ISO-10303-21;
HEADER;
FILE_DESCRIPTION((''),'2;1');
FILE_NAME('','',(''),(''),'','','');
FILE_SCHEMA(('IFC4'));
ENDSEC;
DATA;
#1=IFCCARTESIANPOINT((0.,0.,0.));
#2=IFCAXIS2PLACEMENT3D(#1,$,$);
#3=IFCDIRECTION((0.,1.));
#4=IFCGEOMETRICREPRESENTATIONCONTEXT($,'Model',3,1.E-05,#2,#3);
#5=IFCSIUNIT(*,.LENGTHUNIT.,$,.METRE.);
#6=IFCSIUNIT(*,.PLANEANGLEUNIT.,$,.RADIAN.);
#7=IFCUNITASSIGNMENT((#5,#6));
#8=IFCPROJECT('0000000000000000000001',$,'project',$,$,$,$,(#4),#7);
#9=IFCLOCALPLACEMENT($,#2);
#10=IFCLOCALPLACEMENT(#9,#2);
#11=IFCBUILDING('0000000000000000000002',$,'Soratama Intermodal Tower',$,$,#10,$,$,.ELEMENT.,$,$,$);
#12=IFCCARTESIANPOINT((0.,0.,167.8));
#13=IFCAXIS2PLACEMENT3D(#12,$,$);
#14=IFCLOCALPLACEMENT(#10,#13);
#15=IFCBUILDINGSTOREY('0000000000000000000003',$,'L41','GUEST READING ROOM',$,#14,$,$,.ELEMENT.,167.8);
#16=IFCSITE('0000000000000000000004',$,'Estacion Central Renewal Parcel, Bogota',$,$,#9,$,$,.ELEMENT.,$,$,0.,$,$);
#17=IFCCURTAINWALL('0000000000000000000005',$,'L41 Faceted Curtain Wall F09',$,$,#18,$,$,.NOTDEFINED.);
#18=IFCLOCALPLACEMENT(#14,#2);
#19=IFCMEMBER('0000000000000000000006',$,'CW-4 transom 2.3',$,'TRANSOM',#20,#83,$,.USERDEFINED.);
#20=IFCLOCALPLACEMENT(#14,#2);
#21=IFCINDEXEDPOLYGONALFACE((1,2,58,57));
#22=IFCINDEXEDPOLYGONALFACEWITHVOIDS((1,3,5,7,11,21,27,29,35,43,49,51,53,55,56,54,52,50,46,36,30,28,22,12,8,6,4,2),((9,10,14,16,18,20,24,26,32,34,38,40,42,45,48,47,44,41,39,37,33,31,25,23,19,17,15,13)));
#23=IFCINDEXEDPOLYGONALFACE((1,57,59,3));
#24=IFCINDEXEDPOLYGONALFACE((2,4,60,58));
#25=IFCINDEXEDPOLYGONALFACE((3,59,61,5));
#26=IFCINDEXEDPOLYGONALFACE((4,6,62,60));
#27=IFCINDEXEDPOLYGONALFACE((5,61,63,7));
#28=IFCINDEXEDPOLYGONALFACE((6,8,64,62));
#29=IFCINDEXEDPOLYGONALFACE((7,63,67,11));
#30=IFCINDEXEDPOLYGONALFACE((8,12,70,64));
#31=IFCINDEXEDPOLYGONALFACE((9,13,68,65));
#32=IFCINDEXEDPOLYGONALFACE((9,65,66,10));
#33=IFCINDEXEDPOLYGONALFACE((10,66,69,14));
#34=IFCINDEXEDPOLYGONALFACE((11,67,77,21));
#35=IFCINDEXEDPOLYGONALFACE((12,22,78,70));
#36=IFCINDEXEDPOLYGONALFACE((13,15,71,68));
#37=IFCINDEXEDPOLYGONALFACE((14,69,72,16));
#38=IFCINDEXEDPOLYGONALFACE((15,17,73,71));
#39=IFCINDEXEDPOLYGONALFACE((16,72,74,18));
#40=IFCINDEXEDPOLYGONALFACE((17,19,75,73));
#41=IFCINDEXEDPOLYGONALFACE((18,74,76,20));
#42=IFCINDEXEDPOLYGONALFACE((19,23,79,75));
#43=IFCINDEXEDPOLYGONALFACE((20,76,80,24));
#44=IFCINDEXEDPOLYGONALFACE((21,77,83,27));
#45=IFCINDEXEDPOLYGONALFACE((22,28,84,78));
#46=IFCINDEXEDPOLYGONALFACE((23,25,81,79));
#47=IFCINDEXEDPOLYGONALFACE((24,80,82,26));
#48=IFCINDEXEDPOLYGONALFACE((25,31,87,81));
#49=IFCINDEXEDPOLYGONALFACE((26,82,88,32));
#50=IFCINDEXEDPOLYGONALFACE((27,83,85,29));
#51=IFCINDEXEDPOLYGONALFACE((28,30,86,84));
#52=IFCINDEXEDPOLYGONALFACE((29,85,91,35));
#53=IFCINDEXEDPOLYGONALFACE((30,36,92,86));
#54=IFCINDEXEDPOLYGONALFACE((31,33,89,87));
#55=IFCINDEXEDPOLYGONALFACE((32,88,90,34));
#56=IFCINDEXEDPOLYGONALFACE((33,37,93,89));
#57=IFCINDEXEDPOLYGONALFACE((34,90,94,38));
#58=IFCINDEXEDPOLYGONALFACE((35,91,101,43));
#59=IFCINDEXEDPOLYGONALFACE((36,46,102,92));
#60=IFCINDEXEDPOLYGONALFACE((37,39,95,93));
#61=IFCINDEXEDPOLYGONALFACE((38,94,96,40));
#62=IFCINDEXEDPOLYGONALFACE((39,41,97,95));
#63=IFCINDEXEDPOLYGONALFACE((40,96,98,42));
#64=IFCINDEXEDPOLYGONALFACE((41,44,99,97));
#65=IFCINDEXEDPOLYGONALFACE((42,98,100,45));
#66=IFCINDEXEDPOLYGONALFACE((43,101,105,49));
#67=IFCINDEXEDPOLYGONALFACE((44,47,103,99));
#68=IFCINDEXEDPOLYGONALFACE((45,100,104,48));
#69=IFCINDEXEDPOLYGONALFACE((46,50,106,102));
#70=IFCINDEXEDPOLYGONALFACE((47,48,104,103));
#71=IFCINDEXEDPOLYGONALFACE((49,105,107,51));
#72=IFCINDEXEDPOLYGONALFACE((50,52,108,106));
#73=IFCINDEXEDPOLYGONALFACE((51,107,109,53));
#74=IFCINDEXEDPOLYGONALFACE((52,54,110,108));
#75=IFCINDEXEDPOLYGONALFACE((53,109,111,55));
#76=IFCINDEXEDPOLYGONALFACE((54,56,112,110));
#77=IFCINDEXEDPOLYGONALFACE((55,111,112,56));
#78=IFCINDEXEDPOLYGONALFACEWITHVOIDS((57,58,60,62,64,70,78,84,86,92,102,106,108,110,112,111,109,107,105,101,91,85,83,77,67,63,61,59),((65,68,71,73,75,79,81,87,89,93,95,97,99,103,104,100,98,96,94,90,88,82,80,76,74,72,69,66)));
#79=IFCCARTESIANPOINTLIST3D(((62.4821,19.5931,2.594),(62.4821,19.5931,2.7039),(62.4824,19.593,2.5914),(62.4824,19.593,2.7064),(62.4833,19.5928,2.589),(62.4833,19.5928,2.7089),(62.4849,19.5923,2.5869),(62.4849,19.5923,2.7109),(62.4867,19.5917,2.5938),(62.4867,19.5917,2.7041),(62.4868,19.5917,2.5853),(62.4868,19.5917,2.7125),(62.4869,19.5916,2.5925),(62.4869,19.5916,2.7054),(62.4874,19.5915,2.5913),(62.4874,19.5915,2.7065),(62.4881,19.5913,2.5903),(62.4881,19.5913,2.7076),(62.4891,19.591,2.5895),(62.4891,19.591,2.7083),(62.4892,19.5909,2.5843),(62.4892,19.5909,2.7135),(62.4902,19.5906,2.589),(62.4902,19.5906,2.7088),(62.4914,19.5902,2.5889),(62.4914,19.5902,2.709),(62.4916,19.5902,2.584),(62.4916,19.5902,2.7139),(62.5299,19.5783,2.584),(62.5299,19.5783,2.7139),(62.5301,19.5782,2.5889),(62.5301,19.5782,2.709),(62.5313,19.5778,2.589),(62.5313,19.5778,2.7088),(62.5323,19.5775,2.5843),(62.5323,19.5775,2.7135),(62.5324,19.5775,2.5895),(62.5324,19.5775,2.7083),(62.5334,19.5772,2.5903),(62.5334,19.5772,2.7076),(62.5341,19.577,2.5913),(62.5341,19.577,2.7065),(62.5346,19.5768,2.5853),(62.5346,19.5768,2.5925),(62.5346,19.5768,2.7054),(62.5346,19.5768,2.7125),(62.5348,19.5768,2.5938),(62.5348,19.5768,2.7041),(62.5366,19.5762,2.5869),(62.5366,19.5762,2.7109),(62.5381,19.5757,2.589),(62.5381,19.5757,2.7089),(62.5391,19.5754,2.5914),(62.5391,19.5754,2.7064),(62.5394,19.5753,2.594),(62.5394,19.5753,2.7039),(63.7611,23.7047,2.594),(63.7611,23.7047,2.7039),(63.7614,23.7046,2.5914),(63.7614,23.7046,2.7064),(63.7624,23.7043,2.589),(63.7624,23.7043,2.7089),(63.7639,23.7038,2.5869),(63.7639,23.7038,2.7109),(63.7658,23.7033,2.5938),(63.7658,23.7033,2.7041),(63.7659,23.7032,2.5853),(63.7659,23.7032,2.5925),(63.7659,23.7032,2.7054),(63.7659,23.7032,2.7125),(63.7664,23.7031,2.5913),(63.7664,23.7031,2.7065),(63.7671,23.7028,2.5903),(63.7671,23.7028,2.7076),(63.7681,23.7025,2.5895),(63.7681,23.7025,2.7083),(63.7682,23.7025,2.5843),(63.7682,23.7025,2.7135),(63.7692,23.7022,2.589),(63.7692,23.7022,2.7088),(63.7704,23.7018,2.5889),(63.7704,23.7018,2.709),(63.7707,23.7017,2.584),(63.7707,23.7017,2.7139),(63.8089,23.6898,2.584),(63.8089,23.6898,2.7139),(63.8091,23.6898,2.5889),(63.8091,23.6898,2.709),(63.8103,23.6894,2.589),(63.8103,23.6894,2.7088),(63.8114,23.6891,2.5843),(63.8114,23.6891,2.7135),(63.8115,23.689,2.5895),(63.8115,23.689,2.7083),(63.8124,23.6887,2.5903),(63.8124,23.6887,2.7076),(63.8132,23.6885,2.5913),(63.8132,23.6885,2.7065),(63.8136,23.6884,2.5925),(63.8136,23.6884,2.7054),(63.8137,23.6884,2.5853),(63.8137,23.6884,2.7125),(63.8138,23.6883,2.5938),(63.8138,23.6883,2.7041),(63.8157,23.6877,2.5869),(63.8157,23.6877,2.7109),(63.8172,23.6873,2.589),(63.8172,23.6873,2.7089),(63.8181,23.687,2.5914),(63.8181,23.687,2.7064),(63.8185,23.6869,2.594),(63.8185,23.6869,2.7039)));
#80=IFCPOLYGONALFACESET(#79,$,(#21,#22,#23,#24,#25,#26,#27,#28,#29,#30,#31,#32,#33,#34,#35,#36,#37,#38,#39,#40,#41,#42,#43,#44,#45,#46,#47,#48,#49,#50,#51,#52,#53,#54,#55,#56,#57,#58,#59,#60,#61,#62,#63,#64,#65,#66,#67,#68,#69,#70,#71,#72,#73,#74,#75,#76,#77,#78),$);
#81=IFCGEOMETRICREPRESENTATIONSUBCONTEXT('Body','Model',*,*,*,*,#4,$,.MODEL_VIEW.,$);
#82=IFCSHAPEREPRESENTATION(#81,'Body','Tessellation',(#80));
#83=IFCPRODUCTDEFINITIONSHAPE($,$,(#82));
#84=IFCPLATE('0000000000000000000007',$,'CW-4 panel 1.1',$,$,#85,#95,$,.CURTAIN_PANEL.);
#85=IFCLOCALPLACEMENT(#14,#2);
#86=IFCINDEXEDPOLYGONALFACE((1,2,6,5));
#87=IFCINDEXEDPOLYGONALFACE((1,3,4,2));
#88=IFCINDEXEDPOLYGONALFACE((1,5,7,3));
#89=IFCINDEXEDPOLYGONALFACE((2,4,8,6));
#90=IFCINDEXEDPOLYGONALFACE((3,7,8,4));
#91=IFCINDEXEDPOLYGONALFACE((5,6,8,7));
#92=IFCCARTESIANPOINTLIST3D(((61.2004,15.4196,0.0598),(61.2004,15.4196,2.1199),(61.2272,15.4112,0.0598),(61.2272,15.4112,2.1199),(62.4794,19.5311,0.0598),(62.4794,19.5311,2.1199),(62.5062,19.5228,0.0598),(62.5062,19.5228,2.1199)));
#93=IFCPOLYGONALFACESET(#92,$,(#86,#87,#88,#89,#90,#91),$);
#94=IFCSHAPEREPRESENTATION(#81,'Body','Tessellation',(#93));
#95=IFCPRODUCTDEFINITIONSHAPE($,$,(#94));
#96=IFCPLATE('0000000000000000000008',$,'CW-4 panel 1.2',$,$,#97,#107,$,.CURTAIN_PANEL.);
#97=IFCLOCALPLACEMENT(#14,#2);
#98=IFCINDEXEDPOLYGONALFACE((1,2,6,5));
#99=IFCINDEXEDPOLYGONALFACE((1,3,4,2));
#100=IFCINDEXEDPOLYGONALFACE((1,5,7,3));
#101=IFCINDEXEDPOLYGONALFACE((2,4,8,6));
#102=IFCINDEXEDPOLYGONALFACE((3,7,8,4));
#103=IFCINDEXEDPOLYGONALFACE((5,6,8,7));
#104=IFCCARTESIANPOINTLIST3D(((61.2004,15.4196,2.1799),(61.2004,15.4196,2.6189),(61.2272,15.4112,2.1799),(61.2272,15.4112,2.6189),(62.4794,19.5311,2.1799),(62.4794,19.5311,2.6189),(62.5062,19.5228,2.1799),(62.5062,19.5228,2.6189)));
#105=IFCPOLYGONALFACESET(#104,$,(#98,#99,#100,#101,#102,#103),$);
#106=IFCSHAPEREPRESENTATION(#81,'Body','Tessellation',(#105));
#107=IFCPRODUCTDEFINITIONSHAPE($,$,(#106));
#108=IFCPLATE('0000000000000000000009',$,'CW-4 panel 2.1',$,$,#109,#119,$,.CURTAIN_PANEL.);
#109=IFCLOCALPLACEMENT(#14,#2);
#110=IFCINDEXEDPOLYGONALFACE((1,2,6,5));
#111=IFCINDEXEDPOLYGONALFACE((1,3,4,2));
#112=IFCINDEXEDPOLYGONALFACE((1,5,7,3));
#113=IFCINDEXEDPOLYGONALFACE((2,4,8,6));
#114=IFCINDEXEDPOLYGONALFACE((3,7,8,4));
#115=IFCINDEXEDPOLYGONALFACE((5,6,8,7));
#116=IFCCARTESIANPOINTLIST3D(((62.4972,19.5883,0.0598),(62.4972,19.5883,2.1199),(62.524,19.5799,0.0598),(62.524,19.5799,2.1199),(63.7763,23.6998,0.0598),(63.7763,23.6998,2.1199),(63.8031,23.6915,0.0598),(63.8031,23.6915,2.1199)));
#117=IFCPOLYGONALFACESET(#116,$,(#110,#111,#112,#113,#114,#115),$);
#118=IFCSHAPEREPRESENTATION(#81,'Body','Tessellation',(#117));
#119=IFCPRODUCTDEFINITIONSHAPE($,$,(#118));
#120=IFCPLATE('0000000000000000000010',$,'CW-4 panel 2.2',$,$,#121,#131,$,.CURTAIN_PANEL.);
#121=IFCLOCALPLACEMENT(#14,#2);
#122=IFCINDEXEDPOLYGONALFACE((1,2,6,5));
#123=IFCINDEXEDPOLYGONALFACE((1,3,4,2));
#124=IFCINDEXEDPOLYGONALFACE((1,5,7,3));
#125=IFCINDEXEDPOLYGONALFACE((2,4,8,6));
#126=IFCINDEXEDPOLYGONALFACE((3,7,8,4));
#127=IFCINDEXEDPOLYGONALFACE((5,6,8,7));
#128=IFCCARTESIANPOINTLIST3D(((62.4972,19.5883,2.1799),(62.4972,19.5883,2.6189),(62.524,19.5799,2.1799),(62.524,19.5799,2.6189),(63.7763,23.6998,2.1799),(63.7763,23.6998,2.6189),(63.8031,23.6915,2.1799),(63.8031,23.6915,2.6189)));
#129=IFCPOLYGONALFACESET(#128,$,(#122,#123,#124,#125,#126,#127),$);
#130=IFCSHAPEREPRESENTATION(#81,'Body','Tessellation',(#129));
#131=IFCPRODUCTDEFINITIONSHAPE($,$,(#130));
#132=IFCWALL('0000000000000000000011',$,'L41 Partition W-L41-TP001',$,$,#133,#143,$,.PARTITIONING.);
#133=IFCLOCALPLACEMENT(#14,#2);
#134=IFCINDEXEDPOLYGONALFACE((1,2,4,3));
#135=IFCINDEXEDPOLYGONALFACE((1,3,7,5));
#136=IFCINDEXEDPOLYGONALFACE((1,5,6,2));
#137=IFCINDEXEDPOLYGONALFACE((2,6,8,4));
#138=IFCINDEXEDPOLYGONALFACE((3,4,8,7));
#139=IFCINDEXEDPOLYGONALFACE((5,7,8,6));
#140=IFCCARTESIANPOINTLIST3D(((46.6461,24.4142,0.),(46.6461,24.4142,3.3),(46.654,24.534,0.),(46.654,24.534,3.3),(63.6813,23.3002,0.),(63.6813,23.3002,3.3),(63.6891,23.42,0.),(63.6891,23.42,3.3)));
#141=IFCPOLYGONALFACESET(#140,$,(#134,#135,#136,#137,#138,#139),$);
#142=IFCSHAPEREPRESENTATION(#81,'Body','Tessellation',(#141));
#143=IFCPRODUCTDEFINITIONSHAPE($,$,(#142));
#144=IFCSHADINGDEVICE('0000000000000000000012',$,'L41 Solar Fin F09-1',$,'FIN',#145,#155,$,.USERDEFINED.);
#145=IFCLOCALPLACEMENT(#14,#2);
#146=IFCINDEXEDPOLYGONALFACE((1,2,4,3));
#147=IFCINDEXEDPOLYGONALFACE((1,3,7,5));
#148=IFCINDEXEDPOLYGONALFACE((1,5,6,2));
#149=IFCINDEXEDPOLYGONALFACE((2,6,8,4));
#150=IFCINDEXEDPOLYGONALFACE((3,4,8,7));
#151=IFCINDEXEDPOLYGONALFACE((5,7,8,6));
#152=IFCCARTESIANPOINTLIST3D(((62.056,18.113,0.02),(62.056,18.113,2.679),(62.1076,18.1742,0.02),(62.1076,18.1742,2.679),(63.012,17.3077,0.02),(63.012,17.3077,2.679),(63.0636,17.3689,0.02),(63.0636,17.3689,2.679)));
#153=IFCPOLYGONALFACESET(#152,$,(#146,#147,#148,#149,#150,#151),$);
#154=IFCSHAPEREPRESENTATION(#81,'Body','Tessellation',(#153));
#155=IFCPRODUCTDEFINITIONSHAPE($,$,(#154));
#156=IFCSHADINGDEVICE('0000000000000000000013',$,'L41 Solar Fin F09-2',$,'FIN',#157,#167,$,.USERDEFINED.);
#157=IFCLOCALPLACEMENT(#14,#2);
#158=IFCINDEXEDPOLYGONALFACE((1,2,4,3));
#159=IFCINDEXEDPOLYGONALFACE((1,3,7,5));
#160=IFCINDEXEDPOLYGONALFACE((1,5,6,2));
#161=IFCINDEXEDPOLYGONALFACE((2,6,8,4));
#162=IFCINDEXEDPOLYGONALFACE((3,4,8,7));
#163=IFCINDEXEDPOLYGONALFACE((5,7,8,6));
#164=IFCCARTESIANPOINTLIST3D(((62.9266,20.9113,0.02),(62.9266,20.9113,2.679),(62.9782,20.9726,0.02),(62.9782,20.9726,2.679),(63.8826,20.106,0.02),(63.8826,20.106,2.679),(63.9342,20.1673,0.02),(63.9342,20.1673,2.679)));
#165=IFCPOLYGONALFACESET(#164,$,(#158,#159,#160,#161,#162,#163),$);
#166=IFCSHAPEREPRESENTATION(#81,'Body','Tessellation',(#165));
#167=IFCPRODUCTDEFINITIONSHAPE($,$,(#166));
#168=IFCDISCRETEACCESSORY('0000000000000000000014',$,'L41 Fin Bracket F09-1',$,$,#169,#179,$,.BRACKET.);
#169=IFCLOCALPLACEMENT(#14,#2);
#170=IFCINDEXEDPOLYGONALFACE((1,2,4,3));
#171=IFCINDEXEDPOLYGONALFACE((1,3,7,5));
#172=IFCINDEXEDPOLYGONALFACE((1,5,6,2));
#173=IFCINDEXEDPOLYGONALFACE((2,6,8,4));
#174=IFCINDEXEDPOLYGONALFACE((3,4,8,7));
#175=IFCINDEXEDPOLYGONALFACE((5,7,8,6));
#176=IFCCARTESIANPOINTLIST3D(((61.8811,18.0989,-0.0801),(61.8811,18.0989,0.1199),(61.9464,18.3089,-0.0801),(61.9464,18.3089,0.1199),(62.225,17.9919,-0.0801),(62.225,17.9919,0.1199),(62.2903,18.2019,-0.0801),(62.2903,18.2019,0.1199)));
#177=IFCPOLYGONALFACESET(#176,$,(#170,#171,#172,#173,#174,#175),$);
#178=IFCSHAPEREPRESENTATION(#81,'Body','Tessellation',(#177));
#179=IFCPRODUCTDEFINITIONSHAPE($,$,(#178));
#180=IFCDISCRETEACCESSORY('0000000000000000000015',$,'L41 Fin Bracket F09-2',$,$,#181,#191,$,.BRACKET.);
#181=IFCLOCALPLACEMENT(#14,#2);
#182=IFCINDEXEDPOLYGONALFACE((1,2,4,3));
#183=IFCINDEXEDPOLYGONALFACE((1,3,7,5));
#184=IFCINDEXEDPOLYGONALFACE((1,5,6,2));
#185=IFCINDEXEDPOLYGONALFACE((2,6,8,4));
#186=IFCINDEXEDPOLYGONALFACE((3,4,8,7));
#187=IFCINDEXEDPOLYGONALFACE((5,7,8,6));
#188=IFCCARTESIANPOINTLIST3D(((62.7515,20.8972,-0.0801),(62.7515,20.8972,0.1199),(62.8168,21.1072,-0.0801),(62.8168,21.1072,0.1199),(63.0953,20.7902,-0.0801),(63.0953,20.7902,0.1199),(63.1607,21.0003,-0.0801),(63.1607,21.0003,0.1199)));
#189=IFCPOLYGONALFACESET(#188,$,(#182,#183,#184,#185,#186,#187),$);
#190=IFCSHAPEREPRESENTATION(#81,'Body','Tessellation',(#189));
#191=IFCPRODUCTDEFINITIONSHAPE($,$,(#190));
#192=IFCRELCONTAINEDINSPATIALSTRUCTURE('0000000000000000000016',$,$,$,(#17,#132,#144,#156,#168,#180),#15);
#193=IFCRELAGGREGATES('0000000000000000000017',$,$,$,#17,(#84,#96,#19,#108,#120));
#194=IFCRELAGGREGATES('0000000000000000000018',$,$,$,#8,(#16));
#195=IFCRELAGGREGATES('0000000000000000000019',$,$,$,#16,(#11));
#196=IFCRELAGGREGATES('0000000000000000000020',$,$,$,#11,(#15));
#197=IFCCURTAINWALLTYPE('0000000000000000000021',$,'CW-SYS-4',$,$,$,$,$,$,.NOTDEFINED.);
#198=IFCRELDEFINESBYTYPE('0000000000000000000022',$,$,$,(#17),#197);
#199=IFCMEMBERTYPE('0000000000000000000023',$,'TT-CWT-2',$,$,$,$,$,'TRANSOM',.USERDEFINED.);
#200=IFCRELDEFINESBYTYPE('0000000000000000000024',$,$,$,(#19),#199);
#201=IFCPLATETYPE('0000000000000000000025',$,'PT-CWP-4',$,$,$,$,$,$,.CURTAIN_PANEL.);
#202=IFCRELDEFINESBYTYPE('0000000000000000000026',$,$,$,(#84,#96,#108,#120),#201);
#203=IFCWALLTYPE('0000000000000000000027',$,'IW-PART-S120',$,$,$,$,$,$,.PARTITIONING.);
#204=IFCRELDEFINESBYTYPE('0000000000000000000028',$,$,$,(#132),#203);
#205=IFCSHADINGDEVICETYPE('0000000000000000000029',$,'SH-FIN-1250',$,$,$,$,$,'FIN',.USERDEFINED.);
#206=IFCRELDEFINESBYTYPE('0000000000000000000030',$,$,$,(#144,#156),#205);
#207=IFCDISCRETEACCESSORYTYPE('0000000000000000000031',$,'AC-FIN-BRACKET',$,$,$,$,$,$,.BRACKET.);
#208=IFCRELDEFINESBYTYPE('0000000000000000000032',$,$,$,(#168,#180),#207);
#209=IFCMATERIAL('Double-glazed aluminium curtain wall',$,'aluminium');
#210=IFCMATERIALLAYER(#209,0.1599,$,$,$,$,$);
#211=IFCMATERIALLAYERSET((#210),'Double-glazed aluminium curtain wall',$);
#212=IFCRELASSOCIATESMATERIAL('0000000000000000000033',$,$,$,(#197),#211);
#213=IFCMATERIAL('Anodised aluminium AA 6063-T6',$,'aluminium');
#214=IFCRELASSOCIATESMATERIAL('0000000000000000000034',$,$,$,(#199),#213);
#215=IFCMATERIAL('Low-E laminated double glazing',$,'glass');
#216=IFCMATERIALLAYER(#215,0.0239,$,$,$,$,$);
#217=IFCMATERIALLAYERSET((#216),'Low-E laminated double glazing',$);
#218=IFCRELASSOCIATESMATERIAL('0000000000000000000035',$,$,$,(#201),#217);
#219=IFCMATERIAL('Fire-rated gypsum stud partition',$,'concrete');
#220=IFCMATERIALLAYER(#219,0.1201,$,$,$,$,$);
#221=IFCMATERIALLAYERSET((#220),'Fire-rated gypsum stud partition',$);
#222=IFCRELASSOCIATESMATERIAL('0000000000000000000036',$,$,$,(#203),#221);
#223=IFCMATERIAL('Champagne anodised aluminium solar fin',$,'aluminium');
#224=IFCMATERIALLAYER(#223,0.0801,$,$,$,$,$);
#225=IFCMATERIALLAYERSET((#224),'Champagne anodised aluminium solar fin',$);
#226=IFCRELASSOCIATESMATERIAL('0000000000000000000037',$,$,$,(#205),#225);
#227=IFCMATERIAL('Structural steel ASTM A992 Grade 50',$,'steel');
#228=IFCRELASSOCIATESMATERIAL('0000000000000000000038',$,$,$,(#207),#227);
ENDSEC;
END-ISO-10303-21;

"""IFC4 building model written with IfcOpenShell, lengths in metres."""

from ifc_helpers import new_model, si_unit, direction, frame, frame_2d, origin, origin_2d, place, context, subcontext, project, spatial, rectangle, hollow_rectangle, extrude, material, layer, layer_set, material_profile, profile_set, type_object, element, aggregate, save


model = new_model("IFC4")

# Units and contexts
model_context = context("Model", 3, precision=1e-05, world=origin(), true_north=direction((0.0, 1.0)))
body_context = subcontext(model_context, "Body", "Model", "MODEL_VIEW")
ifc_project = project(units=[si_unit("LENGTHUNIT", "METRE"), si_unit("PLANEANGLEUNIT", "RADIAN")], contexts=[model_context])

# Site, building, storey
site_placement = place(None, origin())
site = spatial("IfcSite", under=ifc_project, at=site_placement, Name="Estacion Central Renewal Parcel, Bogota", CompositionType="ELEMENT", RefElevation=0.0)
building_placement = place(site_placement, origin())
building = spatial("IfcBuilding", under=site, at=building_placement, Name="Soratama Intermodal Tower", CompositionType="ELEMENT")
storey_placement = place(building_placement, frame((0.0, 0.0, 167.8)))
storey = spatial("IfcBuildingStorey", under=building, at=storey_placement, Name="L41", Description="GUEST READING ROOM", CompositionType="ELEMENT", Elevation=167.8)

# Curtain wall, member, plates
ifc_material_1 = material(Name="Double-glazed aluminium curtain wall", Category="aluminium")
ifc_layer_1 = layer(ifc_material_1, 0.1599)
ifc_layer_set_1 = layer_set([ifc_layer_1], Name="Double-glazed aluminium curtain wall")
curtain_wall_type = type_object("IfcCurtainWallType", Name="CW-SYS-4", PredefinedType="NOTDEFINED", material=ifc_layer_set_1)
curtain_wall_placement = place(storey_placement, origin())
curtain_wall = element("IfcCurtainWall", 1, at=curtain_wall_placement, inside=storey, type_object=curtain_wall_type, Name="L41 Faceted Curtain Wall F09", PredefinedType="NOTDEFINED")
ifc_material_2 = material(Name="Anodised aluminium AA 6063-T6", Category="aluminium")
ifc_material_profile_1 = material_profile(ifc_material_2, hollow_rectangle(XDim=0.0601, YDim=0.1299, WallThickness=0.0049, InnerFilletRadius=0.0049, OuterFilletRadius=0.01, at=origin_2d()), Name="CWT130X60X5")
ifc_profile_set_1 = profile_set([ifc_material_profile_1], Name="Anodised aluminium AA 6063-T6")
member_type_1 = type_object("IfcMemberType", Name="TT-CWT-2", ElementType="TRANSOM", PredefinedType="USERDEFINED", material=ifc_profile_set_1)
member_1_placement = place(storey_placement, frame((62.5107, 19.5842, 2.6489), z_axis=(0.297045, 0.954864, 0.0), x_axis=(-0.954864, 0.297045, 0.0)))
member_1 = element("IfcMember", 2, at=member_1_placement, type_object=member_type_1, Name="CW-4 transom 2.3", ObjectType="TRANSOM", PredefinedType="USERDEFINED", context=body_context, shape_type="SweptSolid", body=[
    extrude(hollow_rectangle(XDim=0.0601, YDim=0.1299, WallThickness=0.0049, InnerFilletRadius=0.0049, OuterFilletRadius=0.01, at=origin_2d()), origin(), (0.0, 0.0, 1.0), 4.3059),
])
ifc_material_3 = material(Name="Low-E laminated double glazing", Category="glass")
ifc_layer_2 = layer(ifc_material_3, 0.0239)
ifc_layer_set_2 = layer_set([ifc_layer_2], Name="Low-E laminated double glazing")
plate_type = type_object("IfcPlateType", Name="PT-CWP-4", PredefinedType="CURTAIN_PANEL", material=ifc_layer_set_2)
plate_1_placement = place(storey_placement, frame((61.8533, 17.4712, 0.0598), z_axis=(0.0, 0.0, 1.0), x_axis=(0.297041, 0.954865, 0.0)))
plate_1 = element("IfcPlate", 3, at=plate_1_placement, type_object=plate_type, Name="CW-4 panel 1.1", PredefinedType="CURTAIN_PANEL", context=body_context, shape_type="SweptSolid", body=[
    extrude(rectangle(XDim=4.3059, YDim=0.0281, at=origin_2d()), origin(), (0.0, 0.0, 1.0), 2.0601),
])
plate_2_placement = place(storey_placement, frame((61.8533, 17.4712, 2.1799), z_axis=(0.0, 0.0, 1.0), x_axis=(0.297041, 0.954865, 0.0)))
plate_2 = element("IfcPlate", 4, at=plate_2_placement, type_object=plate_type, Name="CW-4 panel 1.2", PredefinedType="CURTAIN_PANEL", context=body_context, shape_type="SweptSolid", body=[
    extrude(rectangle(XDim=4.3059, YDim=0.0281, at=origin_2d()), origin(), (0.0, 0.0, 1.0), 0.439),
])
plate_3_placement = place(storey_placement, frame((63.1501, 21.6399, 0.0598), z_axis=(0.0, 0.0, 1.0), x_axis=(0.297041, 0.954865, 0.0)))
plate_3 = element("IfcPlate", 5, at=plate_3_placement, type_object=plate_type, Name="CW-4 panel 2.1", PredefinedType="CURTAIN_PANEL", context=body_context, shape_type="SweptSolid", body=[
    extrude(rectangle(XDim=4.3059, YDim=0.0281, at=origin_2d()), origin(), (0.0, 0.0, 1.0), 2.0601),
])
plate_4_placement = place(storey_placement, frame((63.1501, 21.6399, 2.1799), z_axis=(0.0, 0.0, 1.0), x_axis=(0.297041, 0.954865, 0.0)))
plate_4 = element("IfcPlate", 6, at=plate_4_placement, type_object=plate_type, Name="CW-4 panel 2.2", PredefinedType="CURTAIN_PANEL", context=body_context, shape_type="SweptSolid", body=[
    extrude(rectangle(XDim=4.3059, YDim=0.0281, at=origin_2d()), origin(), (0.0, 0.0, 1.0), 0.439),
])
aggregate(curtain_wall, [plate_1, plate_2, member_1, plate_3, plate_4])

# Wall
ifc_material_4 = material(Name="Fire-rated gypsum stud partition", Category="concrete")
ifc_layer_3 = layer(ifc_material_4, 0.1201)
ifc_layer_set_3 = layer_set([ifc_layer_3], Name="Fire-rated gypsum stud partition")
wall_type = type_object("IfcWallType", Name="IW-PART-S120", PredefinedType="PARTITIONING", material=ifc_layer_set_3)
wall_placement = place(storey_placement, frame((63.6851, 23.3601, 0.0), z_axis=(0.0, 0.0, 1.0), x_axis=(-0.997869, 0.065256, 0.0)))
element("IfcWall", 7, at=wall_placement, inside=storey, type_object=wall_type, Name="L41 Partition W-L41-TP001", PredefinedType="PARTITIONING", context=body_context, shape_type="SweptSolid", body=[
    extrude(rectangle(XDim=17.0715, YDim=0.1201, at=frame_2d((8.5356, 0.0))), origin(), (0.0, 0.0, 1.0), 3.3),
])

# Shading devices
ifc_material_5 = material(Name="Champagne anodised aluminium solar fin", Category="aluminium")
ifc_layer_4 = layer(ifc_material_5, 0.0801)
ifc_layer_set_4 = layer_set([ifc_layer_4], Name="Champagne anodised aluminium solar fin")
shading_device_type = type_object("IfcShadingDeviceType", Name="SH-FIN-1250", ElementType="FIN", PredefinedType="USERDEFINED", material=ifc_layer_set_4)
for number, where, z_axis, x_axis, name in (
    (8, (62.5598, 17.741, 0.02), (0.0, 0.0, 1.0), (0.764809, -0.644257, 0.0), "L41 Solar Fin F09-1"),
    (9, (63.4304, 20.5393, 0.02), (0.0, 0.0, 1.0), (0.764809, -0.644257, 0.0), "L41 Solar Fin F09-2"),
):
    element("IfcShadingDevice", number, at=place(storey_placement, frame(where, z_axis=z_axis, x_axis=x_axis)), inside=storey, type_object=shading_device_type, Name=name, ObjectType="FIN", PredefinedType="USERDEFINED", context=body_context, shape_type="SweptSolid", body=[
        extrude(rectangle(XDim=1.25, YDim=0.0801, at=origin_2d()), origin(), (0.0, 0.0, 1.0), 2.6589),
    ])

# Discrete accessories
ifc_material_6 = material(Name="Structural steel ASTM A992 Grade 50", Category="steel")
discrete_accessory_type = type_object("IfcDiscreteAccessoryType", Name="AC-FIN-BRACKET", PredefinedType="BRACKET", material=ifc_material_6)
for number, where, z_axis, x_axis, name in (
    (10, (62.0857, 18.1504, -0.0801), (0.0, 0.0, 1.0), (0.954865, -0.297042, 0.0), "L41 Fin Bracket F09-1"),
    (11, (62.9561, 20.9487, -0.0801), (0.0, 0.0, 1.0), (0.954865, -0.297042, 0.0), "L41 Fin Bracket F09-2"),
):
    element("IfcDiscreteAccessory", number, at=place(storey_placement, frame(where, z_axis=z_axis, x_axis=x_axis)), inside=storey, type_object=discrete_accessory_type, Name=name, PredefinedType="BRACKET", context=body_context, shape_type="SweptSolid", body=[
        extrude(rectangle(XDim=0.3601, YDim=0.22, at=origin_2d()), origin(), (0.0, 0.0, 1.0), 0.2),
    ])

save(model, "model.ifc")
